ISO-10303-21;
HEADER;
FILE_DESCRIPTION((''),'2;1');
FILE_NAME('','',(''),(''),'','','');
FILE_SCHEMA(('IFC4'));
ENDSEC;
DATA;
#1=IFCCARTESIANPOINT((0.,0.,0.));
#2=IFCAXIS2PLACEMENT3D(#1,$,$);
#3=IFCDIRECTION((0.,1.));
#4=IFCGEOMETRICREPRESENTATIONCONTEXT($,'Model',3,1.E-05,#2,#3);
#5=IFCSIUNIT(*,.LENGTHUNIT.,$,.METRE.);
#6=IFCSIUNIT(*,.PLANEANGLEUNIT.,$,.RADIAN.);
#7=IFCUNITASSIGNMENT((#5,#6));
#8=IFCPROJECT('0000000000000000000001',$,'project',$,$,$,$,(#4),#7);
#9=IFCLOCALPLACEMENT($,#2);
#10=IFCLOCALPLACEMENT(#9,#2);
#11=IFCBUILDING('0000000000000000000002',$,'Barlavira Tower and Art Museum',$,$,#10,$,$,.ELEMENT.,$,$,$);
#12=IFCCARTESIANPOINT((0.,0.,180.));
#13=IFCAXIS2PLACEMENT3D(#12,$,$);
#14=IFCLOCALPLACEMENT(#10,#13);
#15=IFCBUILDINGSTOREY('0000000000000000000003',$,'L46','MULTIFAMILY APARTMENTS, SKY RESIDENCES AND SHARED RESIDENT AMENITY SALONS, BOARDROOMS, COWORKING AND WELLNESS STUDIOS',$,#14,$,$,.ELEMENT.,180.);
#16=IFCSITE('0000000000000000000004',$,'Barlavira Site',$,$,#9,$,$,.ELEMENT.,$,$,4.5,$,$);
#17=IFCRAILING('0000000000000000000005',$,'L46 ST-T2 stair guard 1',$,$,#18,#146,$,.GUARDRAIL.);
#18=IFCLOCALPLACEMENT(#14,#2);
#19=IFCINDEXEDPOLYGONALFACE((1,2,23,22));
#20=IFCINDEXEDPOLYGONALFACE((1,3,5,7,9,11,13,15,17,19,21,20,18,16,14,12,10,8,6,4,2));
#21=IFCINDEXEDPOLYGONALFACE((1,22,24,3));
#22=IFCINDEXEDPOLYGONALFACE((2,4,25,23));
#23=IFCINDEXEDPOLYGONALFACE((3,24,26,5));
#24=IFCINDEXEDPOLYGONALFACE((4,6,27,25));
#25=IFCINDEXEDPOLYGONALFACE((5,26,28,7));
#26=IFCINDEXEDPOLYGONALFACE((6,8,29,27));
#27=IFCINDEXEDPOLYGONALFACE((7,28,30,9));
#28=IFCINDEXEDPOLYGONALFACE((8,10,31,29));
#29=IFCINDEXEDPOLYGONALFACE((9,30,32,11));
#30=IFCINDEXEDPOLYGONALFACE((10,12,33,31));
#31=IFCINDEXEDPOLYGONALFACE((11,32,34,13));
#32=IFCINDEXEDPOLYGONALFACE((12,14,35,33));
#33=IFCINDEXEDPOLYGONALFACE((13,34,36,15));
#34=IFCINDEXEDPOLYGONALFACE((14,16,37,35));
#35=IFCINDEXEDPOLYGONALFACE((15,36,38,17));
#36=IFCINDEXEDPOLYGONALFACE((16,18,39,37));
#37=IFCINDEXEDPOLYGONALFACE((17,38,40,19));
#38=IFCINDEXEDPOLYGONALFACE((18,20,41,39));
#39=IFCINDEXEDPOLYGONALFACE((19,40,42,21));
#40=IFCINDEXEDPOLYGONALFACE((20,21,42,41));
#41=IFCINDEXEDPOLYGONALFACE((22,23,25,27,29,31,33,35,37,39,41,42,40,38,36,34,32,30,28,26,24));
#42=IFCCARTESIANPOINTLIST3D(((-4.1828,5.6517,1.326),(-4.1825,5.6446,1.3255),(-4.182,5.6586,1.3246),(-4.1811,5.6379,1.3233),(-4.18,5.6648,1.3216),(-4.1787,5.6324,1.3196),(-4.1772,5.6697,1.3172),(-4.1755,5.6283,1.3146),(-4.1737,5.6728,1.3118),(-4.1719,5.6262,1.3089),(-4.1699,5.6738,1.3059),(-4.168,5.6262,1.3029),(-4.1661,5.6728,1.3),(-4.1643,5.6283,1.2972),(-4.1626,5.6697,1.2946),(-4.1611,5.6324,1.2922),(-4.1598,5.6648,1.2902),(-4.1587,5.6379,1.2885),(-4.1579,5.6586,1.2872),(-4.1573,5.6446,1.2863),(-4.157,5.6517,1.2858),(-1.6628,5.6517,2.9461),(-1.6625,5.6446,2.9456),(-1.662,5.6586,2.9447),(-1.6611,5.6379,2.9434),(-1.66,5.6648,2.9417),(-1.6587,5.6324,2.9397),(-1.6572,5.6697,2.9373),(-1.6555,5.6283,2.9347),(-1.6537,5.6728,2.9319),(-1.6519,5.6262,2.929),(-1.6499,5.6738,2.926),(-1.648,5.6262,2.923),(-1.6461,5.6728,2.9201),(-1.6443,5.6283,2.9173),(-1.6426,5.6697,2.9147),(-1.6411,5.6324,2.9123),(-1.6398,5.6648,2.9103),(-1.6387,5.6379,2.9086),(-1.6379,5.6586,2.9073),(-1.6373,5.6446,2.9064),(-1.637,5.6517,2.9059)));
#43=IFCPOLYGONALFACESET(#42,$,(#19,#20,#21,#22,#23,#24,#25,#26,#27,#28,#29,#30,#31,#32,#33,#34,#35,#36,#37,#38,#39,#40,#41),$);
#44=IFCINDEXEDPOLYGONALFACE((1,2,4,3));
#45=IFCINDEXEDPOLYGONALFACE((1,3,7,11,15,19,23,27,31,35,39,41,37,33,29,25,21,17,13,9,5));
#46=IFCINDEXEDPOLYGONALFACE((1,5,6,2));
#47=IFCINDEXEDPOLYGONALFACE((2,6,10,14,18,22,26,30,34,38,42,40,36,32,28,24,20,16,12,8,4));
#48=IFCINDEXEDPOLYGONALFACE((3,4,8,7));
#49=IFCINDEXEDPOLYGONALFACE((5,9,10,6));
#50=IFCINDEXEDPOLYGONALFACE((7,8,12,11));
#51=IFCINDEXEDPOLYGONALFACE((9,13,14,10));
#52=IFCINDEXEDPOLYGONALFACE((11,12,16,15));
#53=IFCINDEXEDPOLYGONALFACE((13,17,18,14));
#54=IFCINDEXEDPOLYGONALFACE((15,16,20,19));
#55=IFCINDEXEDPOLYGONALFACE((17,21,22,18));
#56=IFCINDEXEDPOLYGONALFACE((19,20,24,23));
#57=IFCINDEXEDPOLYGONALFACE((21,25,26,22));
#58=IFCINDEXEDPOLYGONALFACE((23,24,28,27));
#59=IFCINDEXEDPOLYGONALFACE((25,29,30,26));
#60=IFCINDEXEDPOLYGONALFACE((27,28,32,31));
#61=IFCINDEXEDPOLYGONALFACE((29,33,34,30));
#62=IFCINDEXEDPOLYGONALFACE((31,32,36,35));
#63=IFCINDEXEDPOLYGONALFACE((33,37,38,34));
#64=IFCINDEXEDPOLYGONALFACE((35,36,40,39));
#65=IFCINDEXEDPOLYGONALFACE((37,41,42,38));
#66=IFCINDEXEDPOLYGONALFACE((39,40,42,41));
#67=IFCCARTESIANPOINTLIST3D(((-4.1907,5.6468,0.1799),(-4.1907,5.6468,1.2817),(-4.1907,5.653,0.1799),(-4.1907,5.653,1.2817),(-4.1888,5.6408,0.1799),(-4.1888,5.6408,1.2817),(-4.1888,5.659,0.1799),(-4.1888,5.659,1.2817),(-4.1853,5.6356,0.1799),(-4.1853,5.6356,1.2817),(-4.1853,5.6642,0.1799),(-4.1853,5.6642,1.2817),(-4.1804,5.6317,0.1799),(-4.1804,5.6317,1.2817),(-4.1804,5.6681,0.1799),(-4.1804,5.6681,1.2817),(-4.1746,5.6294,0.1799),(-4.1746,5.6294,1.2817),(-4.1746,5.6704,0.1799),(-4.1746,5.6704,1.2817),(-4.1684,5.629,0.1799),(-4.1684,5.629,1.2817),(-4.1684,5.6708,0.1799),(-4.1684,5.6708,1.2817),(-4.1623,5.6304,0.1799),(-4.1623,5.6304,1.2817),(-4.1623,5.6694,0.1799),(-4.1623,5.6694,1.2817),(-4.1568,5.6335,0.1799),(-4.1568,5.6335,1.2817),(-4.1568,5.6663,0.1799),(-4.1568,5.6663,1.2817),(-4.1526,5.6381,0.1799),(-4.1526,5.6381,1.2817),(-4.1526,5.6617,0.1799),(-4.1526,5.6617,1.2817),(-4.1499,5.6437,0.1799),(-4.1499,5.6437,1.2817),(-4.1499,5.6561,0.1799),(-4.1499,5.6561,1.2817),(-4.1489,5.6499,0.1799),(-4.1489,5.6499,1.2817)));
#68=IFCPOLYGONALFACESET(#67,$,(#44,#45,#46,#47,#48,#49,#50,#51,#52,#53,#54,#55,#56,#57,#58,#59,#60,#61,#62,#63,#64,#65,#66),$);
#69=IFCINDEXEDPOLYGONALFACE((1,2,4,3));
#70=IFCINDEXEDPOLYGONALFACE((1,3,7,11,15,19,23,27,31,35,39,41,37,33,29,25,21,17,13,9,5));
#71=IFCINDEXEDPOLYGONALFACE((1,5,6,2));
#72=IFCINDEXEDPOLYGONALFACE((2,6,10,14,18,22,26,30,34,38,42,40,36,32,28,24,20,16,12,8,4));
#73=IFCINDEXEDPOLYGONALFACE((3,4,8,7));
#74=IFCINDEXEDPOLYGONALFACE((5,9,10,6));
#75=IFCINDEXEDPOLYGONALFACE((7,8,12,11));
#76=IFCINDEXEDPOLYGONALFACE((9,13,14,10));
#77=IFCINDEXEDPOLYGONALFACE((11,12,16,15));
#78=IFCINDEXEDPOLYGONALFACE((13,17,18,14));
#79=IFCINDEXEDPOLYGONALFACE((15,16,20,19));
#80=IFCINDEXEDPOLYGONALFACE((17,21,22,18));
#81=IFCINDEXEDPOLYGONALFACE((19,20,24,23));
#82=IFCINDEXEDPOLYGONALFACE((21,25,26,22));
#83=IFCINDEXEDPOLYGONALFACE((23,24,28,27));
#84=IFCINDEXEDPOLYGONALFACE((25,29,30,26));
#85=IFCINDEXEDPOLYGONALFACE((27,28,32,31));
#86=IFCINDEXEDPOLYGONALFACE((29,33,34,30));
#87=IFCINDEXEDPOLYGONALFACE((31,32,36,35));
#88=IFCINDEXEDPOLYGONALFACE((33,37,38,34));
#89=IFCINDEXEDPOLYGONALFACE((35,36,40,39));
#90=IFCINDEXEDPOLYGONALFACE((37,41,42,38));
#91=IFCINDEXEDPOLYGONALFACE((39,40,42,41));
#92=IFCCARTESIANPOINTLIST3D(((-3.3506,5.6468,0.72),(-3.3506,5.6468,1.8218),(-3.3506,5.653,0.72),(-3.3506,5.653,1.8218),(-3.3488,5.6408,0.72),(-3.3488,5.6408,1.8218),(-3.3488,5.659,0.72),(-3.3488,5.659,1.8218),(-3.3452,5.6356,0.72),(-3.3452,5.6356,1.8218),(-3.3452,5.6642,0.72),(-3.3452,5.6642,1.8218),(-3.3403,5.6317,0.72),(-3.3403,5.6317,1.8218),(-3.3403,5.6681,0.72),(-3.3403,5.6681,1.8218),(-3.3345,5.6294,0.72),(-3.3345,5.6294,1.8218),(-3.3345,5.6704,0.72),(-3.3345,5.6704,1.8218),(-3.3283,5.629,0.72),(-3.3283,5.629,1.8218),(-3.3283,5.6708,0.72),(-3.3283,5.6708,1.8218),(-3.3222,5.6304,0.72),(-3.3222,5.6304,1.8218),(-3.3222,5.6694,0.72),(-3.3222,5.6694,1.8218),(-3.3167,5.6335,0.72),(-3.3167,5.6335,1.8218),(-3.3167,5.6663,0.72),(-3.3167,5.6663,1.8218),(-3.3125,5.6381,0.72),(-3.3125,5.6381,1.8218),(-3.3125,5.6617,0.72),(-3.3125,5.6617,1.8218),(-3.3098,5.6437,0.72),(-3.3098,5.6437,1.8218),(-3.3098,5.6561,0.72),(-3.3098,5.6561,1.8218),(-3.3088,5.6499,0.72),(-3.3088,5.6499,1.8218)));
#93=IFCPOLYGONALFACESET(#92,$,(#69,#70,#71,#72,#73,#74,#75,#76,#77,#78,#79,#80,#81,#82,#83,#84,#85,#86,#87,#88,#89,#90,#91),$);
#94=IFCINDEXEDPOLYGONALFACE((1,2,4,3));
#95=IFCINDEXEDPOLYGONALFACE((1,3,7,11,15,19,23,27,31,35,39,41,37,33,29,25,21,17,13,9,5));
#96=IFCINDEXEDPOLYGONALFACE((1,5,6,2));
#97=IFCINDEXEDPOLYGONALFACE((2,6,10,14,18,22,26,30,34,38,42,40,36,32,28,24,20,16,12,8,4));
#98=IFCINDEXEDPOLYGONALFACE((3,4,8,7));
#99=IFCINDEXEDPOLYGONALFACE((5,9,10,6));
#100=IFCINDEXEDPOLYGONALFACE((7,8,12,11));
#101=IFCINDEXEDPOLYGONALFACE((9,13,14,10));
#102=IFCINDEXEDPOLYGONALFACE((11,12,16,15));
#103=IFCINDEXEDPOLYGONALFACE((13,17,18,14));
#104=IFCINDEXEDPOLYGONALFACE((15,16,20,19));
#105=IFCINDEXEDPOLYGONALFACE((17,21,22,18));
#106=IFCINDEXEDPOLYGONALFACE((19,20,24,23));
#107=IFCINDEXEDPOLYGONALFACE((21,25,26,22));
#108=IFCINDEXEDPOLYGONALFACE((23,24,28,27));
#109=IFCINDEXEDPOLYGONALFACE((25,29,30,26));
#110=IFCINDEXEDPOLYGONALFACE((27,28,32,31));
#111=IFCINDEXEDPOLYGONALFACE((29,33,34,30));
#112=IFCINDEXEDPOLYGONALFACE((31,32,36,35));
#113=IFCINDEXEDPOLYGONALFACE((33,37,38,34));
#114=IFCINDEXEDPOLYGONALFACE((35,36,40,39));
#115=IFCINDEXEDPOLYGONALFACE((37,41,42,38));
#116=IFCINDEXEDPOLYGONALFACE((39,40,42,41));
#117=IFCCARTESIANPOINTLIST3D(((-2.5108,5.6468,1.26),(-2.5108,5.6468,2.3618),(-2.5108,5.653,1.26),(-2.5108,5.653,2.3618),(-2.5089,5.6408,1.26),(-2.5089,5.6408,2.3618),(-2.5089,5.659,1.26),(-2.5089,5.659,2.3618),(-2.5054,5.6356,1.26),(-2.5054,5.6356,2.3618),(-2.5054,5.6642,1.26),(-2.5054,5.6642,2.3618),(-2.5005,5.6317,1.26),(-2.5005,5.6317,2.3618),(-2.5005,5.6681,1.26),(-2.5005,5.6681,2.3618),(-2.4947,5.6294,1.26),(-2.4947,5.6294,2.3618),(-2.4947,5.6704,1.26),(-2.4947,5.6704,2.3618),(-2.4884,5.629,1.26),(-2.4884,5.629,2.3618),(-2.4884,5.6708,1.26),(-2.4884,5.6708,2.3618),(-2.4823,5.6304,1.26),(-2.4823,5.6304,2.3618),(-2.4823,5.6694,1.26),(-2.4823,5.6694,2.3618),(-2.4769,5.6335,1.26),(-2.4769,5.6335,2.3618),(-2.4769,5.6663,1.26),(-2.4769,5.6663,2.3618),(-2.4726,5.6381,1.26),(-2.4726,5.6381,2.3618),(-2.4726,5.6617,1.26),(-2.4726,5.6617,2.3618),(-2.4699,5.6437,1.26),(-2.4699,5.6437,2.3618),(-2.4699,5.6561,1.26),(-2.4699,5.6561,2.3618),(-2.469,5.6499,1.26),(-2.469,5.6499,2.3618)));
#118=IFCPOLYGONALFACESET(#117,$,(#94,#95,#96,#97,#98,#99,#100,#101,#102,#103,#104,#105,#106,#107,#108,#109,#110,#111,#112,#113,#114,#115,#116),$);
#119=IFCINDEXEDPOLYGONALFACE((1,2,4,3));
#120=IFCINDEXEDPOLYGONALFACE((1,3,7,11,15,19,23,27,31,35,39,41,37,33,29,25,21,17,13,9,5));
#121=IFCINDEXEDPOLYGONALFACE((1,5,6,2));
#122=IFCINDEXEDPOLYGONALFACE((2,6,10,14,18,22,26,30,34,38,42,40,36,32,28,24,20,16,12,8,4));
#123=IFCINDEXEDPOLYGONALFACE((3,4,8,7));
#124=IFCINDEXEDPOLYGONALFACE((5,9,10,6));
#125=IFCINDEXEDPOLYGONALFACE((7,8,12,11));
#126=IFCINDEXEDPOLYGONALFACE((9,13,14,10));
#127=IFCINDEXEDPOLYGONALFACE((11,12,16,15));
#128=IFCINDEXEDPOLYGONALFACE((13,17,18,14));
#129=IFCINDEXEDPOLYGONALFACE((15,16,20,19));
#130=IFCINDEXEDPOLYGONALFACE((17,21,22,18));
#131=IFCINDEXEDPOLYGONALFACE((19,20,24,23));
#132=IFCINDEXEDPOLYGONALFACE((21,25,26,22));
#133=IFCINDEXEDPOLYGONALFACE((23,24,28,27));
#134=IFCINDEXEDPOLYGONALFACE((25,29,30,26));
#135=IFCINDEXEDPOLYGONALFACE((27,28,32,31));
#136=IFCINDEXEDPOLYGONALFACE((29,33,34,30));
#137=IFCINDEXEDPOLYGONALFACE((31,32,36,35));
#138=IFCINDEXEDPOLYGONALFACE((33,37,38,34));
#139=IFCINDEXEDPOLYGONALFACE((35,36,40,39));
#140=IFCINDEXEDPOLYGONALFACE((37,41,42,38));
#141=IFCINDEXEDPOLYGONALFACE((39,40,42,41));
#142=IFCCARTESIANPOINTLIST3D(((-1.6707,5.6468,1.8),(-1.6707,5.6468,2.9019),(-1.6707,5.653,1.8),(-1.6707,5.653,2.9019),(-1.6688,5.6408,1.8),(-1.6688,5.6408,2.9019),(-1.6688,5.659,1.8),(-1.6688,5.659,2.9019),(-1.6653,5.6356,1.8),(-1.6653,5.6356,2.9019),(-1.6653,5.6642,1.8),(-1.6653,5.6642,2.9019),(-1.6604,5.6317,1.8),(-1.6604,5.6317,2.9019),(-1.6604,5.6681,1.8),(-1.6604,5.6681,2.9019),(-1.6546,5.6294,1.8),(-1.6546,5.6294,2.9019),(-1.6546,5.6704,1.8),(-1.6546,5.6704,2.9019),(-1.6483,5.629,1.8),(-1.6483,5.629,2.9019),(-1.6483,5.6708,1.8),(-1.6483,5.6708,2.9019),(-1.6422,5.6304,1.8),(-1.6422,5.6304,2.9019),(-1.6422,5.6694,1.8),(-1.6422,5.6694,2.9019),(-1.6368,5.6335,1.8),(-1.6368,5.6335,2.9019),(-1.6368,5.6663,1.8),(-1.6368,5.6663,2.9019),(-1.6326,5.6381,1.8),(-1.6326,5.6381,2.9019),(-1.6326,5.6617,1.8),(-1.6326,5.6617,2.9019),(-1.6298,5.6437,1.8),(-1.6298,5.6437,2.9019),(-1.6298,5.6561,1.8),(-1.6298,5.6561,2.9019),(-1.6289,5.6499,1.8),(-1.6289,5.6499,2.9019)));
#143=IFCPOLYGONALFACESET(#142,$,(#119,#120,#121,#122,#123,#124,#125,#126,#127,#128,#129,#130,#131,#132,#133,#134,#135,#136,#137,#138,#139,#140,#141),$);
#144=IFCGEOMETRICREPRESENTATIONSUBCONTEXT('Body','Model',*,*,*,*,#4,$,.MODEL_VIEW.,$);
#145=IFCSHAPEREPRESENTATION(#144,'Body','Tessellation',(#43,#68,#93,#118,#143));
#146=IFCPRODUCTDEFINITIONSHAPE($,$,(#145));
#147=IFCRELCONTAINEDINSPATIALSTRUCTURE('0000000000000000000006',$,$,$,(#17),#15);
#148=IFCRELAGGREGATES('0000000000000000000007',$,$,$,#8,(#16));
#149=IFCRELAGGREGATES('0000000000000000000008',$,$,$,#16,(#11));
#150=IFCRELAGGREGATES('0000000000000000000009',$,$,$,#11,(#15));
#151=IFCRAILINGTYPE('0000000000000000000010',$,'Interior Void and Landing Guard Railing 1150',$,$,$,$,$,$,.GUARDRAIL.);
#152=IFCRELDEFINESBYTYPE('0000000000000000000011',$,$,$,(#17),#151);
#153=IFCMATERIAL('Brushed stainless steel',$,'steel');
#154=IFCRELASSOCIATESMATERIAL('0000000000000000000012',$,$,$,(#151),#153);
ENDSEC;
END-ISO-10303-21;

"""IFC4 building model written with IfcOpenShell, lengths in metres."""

from ifc_helpers import new_model, si_unit, direction, frame, origin, origin_2d, place, context, subcontext, project, spatial, circle, extrude, material, type_object, element, save


model = new_model("IFC4")

# Units and contexts
model_context = context("Model", 3, precision=1e-05, world=origin(), true_north=direction((0.0, 1.0)))
body_context = subcontext(model_context, "Body", "Model", "MODEL_VIEW")
ifc_project = project(units=[si_unit("LENGTHUNIT", "METRE"), si_unit("PLANEANGLEUNIT", "RADIAN")], contexts=[model_context])

# Site, building, storey
site_placement = place(None, origin())
site = spatial("IfcSite", under=ifc_project, at=site_placement, Name="Barlavira Site", CompositionType="ELEMENT", RefElevation=4.5)
building_placement = place(site_placement, origin())
building = spatial("IfcBuilding", under=site, at=building_placement, Name="Barlavira Tower and Art Museum", CompositionType="ELEMENT")
storey_placement = place(building_placement, frame((0.0, 0.0, 180.0)))
storey = spatial("IfcBuildingStorey", under=building, at=storey_placement, Name="L46", Description="MULTIFAMILY APARTMENTS, SKY RESIDENCES AND SHARED RESIDENT AMENITY SALONS, BOARDROOMS, COWORKING AND WELLNESS STUDIOS", CompositionType="ELEMENT", Elevation=180.0)

# Shared definitions
ifc_material_1 = material(Name="Brushed stainless steel", Category="steel")

# Railing
railing_type_1 = type_object("IfcRailingType", Name="Interior Void and Landing Guard Railing 1150", PredefinedType="GUARDRAIL", material=ifc_material_1)
railing_1_placement = place(storey_placement, frame((-4.1699, 5.6499, 0.1799)))
element("IfcRailing", 1, at=railing_1_placement, inside=storey, type_object=railing_type_1, Name="L46 ST-T2 stair guard 1", PredefinedType="GUARDRAIL", context=body_context, shape_type="SweptSolid", body=[
    extrude(circle(Radius=0.0239, at=origin_2d()), frame((0.0, 0.0, 1.126), z_axis=(0.841163, 0.0, 0.540782), x_axis=(0.0, 1.0, 0.0)), (0.0, 0.0, 1.0), 2.9958),
    extrude(circle(Radius=0.021, at=origin_2d()), origin(), (0.0, 0.0, 1.0), 1.1018),
    extrude(circle(Radius=0.021, at=origin_2d()), frame((0.8401, 0.0, 0.54)), (0.0, 0.0, 1.0), 1.1018),
    extrude(circle(Radius=0.021, at=origin_2d()), frame((1.6799, 0.0, 1.0801)), (0.0, 0.0, 1.0), 1.1018),
    extrude(circle(Radius=0.021, at=origin_2d()), frame((2.52, 0.0, 1.6201)), (0.0, 0.0, 1.0), 1.1018),
])

save(model, "model.ifc")
